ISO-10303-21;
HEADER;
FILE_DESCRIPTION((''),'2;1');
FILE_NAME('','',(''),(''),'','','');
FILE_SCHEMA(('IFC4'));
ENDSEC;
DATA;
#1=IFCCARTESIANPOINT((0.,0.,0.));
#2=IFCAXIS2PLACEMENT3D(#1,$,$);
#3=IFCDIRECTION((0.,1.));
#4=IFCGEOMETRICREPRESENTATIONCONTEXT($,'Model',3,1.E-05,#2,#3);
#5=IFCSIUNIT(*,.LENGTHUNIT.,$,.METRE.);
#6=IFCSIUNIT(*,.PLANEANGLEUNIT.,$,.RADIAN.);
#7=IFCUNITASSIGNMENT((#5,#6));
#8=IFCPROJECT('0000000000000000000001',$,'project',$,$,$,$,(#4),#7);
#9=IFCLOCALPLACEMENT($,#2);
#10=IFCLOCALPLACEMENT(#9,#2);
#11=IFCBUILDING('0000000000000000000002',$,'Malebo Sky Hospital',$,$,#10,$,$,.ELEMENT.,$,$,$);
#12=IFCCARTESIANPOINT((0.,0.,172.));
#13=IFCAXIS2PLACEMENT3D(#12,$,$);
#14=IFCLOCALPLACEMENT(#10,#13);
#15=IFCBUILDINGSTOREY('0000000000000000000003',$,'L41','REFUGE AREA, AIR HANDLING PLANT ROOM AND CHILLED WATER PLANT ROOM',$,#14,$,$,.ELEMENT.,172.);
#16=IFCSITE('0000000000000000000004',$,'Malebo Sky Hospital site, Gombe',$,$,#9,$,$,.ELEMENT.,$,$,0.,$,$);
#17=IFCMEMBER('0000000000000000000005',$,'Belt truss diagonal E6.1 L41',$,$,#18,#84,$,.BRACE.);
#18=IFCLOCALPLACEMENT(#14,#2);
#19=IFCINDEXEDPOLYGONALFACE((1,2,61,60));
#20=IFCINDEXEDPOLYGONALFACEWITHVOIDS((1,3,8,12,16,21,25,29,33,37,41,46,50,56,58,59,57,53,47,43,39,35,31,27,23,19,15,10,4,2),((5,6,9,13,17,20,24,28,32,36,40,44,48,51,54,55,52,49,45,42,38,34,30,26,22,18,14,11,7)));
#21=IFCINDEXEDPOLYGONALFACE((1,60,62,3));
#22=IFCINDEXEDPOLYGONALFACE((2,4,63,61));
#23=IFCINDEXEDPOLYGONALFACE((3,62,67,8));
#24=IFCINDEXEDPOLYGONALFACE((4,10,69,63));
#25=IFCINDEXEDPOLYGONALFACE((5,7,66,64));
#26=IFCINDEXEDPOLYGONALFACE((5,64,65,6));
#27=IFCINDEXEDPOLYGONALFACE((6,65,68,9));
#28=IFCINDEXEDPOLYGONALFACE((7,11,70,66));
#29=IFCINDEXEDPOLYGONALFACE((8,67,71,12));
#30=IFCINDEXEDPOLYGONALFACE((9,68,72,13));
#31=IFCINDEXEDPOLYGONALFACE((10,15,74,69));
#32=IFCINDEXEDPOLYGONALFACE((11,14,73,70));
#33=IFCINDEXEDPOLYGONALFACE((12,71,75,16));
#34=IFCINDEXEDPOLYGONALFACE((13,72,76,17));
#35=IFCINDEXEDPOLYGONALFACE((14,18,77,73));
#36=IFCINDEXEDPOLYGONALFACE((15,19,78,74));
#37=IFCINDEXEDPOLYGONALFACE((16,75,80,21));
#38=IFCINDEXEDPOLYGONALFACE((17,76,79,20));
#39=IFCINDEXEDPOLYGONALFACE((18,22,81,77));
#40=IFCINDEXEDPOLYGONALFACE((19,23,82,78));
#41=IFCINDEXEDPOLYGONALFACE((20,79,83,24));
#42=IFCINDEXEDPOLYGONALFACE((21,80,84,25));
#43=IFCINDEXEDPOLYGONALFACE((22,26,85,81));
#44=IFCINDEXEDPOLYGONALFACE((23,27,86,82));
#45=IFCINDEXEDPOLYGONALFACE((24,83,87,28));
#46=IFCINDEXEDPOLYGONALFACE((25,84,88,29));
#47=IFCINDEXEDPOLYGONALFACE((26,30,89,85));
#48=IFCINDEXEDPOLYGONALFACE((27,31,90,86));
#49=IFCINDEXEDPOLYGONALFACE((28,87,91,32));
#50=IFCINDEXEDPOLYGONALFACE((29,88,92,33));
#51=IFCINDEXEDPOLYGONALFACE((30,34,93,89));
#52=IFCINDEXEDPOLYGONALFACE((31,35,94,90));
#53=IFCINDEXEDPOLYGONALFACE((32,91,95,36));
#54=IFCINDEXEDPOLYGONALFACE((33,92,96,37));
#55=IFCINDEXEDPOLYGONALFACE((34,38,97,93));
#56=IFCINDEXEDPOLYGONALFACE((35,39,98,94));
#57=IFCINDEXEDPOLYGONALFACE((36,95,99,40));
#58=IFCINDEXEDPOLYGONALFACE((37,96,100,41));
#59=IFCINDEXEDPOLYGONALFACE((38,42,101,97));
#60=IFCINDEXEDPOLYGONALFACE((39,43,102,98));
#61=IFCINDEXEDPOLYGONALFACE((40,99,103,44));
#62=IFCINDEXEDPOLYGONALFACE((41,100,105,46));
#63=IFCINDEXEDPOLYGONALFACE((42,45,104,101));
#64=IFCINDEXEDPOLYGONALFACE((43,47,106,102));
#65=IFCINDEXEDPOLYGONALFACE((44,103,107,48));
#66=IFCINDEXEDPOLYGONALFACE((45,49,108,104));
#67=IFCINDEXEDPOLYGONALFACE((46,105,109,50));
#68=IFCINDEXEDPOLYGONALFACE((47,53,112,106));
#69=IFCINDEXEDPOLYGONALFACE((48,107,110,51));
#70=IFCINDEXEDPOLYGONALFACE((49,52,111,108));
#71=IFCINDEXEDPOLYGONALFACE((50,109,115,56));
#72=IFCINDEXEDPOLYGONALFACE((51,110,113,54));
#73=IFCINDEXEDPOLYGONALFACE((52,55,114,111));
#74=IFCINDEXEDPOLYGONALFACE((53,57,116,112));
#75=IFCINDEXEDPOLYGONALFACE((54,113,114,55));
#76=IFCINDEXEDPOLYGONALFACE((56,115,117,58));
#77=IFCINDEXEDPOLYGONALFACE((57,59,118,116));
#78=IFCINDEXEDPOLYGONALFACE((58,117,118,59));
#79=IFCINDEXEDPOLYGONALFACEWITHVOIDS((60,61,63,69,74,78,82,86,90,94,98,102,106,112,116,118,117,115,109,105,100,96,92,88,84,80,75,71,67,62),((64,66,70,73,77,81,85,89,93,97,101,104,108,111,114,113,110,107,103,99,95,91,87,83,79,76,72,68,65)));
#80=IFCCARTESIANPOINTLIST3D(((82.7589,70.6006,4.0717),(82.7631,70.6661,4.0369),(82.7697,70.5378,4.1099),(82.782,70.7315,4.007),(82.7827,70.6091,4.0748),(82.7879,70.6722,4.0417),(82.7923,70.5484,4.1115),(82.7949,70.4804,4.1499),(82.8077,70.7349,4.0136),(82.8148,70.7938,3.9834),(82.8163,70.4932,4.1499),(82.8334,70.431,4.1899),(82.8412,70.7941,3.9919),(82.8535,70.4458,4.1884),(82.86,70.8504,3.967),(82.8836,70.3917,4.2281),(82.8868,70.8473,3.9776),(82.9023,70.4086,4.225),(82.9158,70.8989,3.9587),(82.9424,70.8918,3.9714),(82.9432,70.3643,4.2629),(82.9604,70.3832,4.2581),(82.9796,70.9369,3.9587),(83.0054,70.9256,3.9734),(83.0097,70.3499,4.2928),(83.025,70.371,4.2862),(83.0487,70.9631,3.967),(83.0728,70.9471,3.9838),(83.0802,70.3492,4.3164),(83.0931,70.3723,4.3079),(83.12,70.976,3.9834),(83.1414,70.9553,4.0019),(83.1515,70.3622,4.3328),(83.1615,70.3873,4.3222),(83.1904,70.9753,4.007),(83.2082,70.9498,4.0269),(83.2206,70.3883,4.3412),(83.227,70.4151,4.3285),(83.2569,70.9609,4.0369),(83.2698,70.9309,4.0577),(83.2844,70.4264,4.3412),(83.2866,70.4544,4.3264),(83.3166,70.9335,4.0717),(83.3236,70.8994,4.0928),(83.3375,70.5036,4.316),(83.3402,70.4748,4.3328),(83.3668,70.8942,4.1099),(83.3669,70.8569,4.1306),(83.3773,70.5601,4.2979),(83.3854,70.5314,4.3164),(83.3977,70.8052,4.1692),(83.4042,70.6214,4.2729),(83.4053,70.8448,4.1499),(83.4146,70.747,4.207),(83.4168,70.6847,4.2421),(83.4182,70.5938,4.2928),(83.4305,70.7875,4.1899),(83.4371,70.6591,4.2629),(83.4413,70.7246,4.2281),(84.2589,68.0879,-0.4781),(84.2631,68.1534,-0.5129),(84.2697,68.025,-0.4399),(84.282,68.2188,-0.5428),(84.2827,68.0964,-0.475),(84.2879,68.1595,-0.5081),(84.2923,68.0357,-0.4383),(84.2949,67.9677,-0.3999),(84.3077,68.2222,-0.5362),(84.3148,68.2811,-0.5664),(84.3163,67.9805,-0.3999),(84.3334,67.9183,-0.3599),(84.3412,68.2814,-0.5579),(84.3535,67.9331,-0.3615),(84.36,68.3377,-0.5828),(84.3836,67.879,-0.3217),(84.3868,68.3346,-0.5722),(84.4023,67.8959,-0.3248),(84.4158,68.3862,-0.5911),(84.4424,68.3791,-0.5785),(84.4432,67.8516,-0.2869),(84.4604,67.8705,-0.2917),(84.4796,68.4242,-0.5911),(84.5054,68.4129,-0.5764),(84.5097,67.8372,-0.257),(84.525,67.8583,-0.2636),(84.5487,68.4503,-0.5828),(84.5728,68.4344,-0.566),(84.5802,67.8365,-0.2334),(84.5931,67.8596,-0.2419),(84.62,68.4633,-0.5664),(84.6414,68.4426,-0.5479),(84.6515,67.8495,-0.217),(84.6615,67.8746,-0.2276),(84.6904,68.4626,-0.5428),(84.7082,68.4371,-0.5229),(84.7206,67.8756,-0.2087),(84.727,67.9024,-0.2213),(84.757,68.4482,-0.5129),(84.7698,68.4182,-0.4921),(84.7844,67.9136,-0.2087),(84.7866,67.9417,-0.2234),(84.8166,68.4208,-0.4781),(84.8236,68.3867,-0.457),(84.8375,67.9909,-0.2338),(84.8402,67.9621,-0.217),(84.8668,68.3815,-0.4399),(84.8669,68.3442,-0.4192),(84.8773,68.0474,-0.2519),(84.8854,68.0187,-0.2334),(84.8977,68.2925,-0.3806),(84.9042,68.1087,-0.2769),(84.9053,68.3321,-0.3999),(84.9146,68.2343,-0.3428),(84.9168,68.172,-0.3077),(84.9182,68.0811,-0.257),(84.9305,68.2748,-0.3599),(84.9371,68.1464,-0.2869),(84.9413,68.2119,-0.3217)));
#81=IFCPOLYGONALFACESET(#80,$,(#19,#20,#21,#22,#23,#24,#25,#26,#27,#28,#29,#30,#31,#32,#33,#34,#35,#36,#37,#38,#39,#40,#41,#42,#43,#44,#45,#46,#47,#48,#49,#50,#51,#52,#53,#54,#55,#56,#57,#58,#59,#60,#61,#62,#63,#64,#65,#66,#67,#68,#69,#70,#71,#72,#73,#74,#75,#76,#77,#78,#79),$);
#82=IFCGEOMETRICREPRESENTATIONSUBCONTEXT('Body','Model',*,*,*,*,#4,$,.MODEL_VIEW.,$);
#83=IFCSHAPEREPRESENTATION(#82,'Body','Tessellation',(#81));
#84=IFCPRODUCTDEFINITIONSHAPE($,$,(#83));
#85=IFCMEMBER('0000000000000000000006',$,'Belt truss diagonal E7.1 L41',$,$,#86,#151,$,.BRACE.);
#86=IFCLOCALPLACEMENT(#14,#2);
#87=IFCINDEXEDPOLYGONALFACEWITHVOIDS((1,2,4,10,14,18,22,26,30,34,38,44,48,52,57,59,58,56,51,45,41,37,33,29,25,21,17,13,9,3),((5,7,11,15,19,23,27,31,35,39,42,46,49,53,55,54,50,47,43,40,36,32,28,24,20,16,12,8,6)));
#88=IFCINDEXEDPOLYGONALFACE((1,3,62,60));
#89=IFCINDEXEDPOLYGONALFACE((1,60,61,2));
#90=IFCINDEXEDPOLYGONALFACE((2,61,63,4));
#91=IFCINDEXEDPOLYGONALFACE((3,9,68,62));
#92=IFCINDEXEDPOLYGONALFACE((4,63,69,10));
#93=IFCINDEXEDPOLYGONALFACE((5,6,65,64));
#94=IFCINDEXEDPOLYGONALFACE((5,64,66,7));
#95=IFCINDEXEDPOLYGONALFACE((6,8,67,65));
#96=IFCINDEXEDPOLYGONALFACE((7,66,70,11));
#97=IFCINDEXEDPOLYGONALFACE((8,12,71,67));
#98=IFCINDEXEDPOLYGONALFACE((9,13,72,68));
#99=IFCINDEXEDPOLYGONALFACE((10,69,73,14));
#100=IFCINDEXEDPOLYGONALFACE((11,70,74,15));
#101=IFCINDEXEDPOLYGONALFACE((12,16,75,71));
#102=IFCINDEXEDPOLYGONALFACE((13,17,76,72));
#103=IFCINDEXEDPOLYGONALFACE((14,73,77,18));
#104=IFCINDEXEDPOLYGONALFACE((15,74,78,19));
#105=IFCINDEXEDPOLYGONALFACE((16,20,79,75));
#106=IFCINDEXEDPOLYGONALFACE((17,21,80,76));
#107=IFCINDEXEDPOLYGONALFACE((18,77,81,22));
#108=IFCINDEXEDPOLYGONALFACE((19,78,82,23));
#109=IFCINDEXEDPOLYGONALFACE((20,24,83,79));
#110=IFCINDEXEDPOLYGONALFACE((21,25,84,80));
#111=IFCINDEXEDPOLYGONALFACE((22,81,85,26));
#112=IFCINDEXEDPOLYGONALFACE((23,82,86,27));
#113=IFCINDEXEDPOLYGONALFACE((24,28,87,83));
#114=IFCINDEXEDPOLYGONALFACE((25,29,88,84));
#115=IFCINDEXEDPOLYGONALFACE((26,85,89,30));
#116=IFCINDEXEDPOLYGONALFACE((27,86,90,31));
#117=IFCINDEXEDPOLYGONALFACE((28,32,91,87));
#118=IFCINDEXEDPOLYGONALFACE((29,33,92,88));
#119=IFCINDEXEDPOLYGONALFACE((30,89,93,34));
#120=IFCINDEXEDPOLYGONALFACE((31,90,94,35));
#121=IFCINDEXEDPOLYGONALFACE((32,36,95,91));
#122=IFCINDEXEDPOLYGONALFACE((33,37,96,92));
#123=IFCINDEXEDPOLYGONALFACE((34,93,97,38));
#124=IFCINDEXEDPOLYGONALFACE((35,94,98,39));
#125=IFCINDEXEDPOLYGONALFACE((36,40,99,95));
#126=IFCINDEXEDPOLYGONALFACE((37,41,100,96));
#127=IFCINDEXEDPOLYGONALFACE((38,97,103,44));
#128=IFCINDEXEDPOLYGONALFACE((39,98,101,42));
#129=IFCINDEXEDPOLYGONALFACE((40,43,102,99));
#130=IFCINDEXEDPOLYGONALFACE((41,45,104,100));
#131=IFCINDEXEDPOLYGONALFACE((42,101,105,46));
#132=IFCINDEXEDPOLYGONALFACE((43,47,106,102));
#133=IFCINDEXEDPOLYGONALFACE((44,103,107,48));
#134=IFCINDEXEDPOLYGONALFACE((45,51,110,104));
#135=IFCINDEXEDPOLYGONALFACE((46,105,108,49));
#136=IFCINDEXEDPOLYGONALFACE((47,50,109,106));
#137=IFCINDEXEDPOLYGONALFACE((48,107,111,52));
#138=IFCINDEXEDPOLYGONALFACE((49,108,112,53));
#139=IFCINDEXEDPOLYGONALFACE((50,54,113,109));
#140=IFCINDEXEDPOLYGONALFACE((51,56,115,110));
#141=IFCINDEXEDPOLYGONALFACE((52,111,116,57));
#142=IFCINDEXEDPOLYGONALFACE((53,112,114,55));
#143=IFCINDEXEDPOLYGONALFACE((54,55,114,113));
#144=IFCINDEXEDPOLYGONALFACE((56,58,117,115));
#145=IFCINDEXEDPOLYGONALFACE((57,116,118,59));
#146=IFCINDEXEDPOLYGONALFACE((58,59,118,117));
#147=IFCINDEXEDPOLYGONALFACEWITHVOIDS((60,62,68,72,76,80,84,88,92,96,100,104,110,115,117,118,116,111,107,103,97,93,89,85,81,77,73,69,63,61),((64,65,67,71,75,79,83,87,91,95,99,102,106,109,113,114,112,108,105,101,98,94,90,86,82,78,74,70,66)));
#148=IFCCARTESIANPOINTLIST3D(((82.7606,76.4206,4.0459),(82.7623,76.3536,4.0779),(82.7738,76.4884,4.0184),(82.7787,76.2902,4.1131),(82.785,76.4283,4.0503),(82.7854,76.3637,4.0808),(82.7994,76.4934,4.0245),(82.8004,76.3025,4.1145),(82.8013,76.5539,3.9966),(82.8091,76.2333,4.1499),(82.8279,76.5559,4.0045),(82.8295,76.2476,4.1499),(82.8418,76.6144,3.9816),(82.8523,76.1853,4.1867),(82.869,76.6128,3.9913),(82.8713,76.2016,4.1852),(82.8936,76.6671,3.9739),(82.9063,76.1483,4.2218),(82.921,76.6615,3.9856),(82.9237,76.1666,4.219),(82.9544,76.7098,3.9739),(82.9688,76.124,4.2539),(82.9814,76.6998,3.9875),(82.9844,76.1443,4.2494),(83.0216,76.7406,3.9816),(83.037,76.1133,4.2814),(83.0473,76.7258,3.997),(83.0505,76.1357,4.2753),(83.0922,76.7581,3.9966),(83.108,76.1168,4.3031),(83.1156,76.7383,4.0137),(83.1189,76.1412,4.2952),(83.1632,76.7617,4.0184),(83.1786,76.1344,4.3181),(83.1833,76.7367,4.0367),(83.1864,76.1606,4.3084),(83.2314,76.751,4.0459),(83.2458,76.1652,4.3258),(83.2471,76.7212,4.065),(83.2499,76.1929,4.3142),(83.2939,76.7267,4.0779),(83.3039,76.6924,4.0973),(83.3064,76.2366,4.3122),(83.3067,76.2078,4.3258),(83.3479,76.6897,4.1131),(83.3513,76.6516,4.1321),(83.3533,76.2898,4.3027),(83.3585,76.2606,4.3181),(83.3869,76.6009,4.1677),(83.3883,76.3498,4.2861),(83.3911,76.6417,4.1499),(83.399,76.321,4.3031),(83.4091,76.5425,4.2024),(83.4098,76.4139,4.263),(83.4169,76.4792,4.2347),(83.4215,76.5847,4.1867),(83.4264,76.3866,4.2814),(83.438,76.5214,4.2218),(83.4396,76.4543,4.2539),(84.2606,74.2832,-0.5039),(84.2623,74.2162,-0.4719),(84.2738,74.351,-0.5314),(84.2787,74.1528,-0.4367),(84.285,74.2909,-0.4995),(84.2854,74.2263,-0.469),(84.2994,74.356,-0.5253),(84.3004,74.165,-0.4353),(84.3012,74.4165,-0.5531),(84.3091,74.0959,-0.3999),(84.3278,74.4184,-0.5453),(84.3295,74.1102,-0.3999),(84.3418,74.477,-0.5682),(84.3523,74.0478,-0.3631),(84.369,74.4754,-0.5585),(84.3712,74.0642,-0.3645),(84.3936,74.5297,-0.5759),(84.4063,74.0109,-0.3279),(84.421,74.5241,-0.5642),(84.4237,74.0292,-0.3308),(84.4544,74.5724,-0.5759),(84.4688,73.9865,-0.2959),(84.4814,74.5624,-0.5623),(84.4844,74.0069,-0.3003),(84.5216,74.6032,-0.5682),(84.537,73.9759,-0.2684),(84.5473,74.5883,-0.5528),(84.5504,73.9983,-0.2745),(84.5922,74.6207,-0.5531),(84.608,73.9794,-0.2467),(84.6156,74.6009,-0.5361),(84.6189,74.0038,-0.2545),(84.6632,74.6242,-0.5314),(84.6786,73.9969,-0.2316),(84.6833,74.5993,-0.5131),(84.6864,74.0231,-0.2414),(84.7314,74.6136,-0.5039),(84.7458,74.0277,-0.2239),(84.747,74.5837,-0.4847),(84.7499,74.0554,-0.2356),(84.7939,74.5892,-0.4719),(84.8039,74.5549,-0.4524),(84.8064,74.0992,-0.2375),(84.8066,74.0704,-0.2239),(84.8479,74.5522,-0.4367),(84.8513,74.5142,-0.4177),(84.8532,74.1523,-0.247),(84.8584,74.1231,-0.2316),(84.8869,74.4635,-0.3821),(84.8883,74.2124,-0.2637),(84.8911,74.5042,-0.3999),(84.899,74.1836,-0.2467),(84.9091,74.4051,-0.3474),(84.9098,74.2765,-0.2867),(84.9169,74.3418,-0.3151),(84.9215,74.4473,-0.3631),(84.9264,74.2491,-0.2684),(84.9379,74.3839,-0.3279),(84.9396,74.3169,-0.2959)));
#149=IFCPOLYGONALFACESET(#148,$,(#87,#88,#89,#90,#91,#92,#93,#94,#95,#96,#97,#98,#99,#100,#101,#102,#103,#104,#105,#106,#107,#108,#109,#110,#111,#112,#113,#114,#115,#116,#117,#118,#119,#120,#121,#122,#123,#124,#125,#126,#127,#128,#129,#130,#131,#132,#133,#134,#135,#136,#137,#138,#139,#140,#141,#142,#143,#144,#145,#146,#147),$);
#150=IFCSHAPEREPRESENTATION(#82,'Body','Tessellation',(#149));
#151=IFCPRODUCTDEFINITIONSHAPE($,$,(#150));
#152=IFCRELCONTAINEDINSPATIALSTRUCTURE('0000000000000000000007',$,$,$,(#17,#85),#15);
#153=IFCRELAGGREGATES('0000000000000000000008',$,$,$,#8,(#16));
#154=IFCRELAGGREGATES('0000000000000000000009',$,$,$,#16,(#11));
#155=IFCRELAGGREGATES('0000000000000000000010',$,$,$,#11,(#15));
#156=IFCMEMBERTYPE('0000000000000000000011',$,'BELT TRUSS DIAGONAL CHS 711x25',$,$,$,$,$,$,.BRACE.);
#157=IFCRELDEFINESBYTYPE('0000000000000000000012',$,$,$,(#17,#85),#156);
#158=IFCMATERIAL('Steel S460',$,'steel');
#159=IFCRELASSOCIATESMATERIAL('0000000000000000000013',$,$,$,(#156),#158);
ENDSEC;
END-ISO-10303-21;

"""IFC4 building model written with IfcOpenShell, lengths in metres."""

from ifc_helpers import new_model, si_unit, direction, frame, origin, origin_2d, place, context, subcontext, project, spatial, hollow_circle, extrude, material, material_profile, profile_set, type_object, element, save


model = new_model("IFC4")

# Units and contexts
model_context = context("Model", 3, precision=1e-05, world=origin(), true_north=direction((0.0, 1.0)))
body_context = subcontext(model_context, "Body", "Model", "MODEL_VIEW")
ifc_project = project(units=[si_unit("LENGTHUNIT", "METRE"), si_unit("PLANEANGLEUNIT", "RADIAN")], contexts=[model_context])

# Site, building, storey
site_placement = place(None, origin())
site = spatial("IfcSite", under=ifc_project, at=site_placement, Name="Malebo Sky Hospital site, Gombe", CompositionType="ELEMENT", RefElevation=0.0)
building_placement = place(site_placement, origin())
building = spatial("IfcBuilding", under=site, at=building_placement, Name="Malebo Sky Hospital", CompositionType="ELEMENT")
storey_placement = place(building_placement, frame((0.0, 0.0, 172.0)))
storey = spatial("IfcBuildingStorey", under=building, at=storey_placement, Name="L41", Description="REFUGE AREA, AIR HANDLING PLANT ROOM AND CHILLED WATER PLANT ROOM", CompositionType="ELEMENT", Elevation=172.0)

# Shared definitions
ifc_material_1 = material(Name="Steel S460", Category="steel")

# Members
ifc_material_profile_1 = material_profile(ifc_material_1, hollow_circle(Radius=0.3555, WallThickness=0.0249, at=origin_2d()), Name="CHS 711x25")
ifc_profile_set_1 = profile_set([ifc_material_profile_1], Name="Steel S460")
member_type_1 = type_object("IfcMemberType", Name="BELT TRUSS DIAGONAL CHS 711x25", PredefinedType="BRACE", material=ifc_profile_set_1)
member_1_placement = place(storey_placement, frame((84.6001, 68.1499, -0.3999), z_axis=(-0.277282, 0.464484, 0.841053), x_axis=(-0.858639, -0.512581, 0.0)))
element("IfcMember", 1, at=member_1_placement, inside=storey, type_object=member_type_1, Name="Belt truss diagonal E6.1 L41", PredefinedType="BRACE", context=body_context, shape_type="SweptSolid", body=[
    extrude(hollow_circle(Radius=0.3555, WallThickness=0.0249, at=origin_2d()), origin(), (0.0, 0.0, 1.0), 5.4097),
])
member_2_placement = place(storey_placement, frame((84.6001, 74.3, -0.3999), z_axis=(-0.285938, 0.407452, 0.867308), x_axis=(-0.818551, -0.574435, 0.0)))
element("IfcMember", 2, at=member_2_placement, inside=storey, type_object=member_type_1, Name="Belt truss diagonal E7.1 L41", PredefinedType="BRACE", context=body_context, shape_type="SweptSolid", body=[
    extrude(hollow_circle(Radius=0.3555, WallThickness=0.0249, at=origin_2d()), origin(), (0.0, 0.0, 1.0), 5.2458),
])

save(model, "model.ifc")
